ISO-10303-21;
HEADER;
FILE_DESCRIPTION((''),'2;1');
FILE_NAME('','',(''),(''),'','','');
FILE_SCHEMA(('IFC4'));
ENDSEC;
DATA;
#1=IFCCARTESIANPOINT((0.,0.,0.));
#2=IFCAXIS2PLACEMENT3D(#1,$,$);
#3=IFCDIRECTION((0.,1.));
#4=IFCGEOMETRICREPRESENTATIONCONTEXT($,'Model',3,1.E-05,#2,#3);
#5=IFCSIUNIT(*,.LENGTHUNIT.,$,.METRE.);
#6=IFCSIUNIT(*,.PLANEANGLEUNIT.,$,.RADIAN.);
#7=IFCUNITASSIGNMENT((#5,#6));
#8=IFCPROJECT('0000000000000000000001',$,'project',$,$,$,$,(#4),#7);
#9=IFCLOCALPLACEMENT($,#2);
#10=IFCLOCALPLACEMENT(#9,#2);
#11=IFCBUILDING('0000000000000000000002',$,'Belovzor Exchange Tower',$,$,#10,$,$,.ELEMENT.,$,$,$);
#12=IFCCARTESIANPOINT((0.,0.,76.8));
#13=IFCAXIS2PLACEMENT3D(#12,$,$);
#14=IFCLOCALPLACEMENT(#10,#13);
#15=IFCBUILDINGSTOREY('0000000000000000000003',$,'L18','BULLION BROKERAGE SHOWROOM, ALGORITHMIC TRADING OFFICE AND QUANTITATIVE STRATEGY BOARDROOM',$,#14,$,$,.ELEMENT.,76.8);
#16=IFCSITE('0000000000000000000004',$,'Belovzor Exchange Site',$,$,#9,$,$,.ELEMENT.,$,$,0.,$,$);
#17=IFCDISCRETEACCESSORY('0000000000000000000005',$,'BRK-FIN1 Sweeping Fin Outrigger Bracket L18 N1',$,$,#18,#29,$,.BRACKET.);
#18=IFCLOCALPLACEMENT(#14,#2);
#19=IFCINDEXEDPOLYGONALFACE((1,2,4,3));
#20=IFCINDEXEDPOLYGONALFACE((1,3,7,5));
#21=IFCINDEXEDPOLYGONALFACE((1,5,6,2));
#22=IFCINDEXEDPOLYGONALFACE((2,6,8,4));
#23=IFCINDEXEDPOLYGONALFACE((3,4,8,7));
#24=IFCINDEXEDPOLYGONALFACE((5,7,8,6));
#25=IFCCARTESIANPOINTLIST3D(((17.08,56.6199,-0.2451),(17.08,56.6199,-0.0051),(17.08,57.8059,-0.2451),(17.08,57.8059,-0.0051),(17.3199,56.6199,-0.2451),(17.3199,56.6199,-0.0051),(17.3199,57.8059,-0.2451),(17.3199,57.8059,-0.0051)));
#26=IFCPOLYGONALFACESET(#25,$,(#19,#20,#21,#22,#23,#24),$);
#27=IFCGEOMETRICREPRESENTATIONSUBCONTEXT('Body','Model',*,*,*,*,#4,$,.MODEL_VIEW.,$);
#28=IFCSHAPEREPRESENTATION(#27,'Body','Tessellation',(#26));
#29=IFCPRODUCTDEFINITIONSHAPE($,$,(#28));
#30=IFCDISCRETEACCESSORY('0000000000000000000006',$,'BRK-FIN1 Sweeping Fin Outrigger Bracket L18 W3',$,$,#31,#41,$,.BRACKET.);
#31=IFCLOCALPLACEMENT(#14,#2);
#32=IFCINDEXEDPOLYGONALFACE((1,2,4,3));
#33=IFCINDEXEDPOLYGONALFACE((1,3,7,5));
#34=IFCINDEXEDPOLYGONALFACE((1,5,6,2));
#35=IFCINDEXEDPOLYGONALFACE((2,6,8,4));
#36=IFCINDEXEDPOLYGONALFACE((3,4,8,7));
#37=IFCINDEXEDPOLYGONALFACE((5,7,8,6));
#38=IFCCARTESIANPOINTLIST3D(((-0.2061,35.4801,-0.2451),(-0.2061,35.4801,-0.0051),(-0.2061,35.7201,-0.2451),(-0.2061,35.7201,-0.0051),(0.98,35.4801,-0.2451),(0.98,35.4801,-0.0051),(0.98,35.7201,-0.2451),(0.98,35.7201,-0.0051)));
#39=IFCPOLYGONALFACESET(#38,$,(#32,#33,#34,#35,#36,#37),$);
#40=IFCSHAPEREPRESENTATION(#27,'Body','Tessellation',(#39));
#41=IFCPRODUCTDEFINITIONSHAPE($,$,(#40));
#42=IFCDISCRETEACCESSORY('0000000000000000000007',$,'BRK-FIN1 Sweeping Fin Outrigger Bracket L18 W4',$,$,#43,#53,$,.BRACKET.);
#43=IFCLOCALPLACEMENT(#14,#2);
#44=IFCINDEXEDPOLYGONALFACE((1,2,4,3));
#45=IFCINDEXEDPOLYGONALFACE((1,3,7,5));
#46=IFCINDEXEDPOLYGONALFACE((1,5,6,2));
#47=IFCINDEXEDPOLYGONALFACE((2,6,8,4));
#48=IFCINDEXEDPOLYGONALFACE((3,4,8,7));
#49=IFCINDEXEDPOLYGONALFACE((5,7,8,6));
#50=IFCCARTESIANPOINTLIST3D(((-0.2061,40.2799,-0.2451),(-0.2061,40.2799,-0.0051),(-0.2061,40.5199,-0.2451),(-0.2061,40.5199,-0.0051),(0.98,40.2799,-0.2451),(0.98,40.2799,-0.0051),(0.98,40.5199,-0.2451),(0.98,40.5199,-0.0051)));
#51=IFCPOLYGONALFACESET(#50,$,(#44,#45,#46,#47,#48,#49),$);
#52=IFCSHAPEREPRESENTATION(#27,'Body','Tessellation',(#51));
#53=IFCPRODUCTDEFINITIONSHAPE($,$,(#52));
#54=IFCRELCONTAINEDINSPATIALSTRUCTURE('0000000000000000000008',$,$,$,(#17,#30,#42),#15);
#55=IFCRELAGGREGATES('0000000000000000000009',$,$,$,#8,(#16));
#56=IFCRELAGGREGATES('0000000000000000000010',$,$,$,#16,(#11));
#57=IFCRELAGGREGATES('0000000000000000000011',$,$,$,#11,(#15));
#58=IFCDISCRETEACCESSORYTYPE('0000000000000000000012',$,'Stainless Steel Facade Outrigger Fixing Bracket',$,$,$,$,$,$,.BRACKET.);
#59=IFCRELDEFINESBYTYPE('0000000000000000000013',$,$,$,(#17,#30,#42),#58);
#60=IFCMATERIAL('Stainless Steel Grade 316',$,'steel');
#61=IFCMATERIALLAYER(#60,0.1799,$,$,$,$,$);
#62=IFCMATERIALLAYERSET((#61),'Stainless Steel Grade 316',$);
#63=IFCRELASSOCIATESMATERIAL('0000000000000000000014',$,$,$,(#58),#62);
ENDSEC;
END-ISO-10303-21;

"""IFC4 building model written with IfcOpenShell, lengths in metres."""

from ifc_helpers import new_model, si_unit, direction, frame, origin, origin_2d, place, context, subcontext, project, spatial, rectangle, extrude, material, layer, layer_set, type_object, element, save


model = new_model("IFC4")

# Units and contexts
model_context = context("Model", 3, precision=1e-05, world=origin(), true_north=direction((0.0, 1.0)))
body_context = subcontext(model_context, "Body", "Model", "MODEL_VIEW")
ifc_project = project(units=[si_unit("LENGTHUNIT", "METRE"), si_unit("PLANEANGLEUNIT", "RADIAN")], contexts=[model_context])

# Site, building, storey
site_placement = place(None, origin())
site = spatial("IfcSite", under=ifc_project, at=site_placement, Name="Belovzor Exchange Site", CompositionType="ELEMENT", RefElevation=0.0)
building_placement = place(site_placement, origin())
building = spatial("IfcBuilding", under=site, at=building_placement, Name="Belovzor Exchange Tower", CompositionType="ELEMENT")
storey_placement = place(building_placement, frame((0.0, 0.0, 76.8)))
storey = spatial("IfcBuildingStorey", under=building, at=storey_placement, Name="L18", Description="BULLION BROKERAGE SHOWROOM, ALGORITHMIC TRADING OFFICE AND QUANTITATIVE STRATEGY BOARDROOM", CompositionType="ELEMENT", Elevation=76.8)

# Discrete accessories
ifc_material_1 = material(Name="Stainless Steel Grade 316", Category="steel")
ifc_layer_1 = layer(ifc_material_1, 0.1799)
ifc_layer_set_1 = layer_set([ifc_layer_1], Name="Stainless Steel Grade 316")
discrete_accessory_type = type_object("IfcDiscreteAccessoryType", Name="Stainless Steel Facade Outrigger Fixing Bracket", PredefinedType="BRACKET", material=ifc_layer_set_1)
for number, where, z_axis, x_axis, name in (
    (1, (17.2, 57.2129, -0.2451), (0.0, 0.0, 1.0), (0.0, 1.0, 0.0), "BRK-FIN1 Sweeping Fin Outrigger Bracket L18 N1"),
    (2, (0.387, 35.6001, -0.2451), (0.0, 0.0, 1.0), (1.0, 0.0, 0.0), "BRK-FIN1 Sweeping Fin Outrigger Bracket L18 W3"),
    (3, (0.387, 40.3999, -0.2451), (0.0, 0.0, 1.0), (1.0, 0.0, 0.0), "BRK-FIN1 Sweeping Fin Outrigger Bracket L18 W4"),
):
    element("IfcDiscreteAccessory", number, at=place(storey_placement, frame(where, z_axis=z_axis, x_axis=x_axis)), inside=storey, type_object=discrete_accessory_type, Name=name, PredefinedType="BRACKET", context=body_context, shape_type="SweptSolid", body=[
        extrude(rectangle(XDim=1.186, YDim=0.24, at=origin_2d()), origin(), (0.0, 0.0, 1.0), 0.24),
    ])

save(model, "model.ifc")
